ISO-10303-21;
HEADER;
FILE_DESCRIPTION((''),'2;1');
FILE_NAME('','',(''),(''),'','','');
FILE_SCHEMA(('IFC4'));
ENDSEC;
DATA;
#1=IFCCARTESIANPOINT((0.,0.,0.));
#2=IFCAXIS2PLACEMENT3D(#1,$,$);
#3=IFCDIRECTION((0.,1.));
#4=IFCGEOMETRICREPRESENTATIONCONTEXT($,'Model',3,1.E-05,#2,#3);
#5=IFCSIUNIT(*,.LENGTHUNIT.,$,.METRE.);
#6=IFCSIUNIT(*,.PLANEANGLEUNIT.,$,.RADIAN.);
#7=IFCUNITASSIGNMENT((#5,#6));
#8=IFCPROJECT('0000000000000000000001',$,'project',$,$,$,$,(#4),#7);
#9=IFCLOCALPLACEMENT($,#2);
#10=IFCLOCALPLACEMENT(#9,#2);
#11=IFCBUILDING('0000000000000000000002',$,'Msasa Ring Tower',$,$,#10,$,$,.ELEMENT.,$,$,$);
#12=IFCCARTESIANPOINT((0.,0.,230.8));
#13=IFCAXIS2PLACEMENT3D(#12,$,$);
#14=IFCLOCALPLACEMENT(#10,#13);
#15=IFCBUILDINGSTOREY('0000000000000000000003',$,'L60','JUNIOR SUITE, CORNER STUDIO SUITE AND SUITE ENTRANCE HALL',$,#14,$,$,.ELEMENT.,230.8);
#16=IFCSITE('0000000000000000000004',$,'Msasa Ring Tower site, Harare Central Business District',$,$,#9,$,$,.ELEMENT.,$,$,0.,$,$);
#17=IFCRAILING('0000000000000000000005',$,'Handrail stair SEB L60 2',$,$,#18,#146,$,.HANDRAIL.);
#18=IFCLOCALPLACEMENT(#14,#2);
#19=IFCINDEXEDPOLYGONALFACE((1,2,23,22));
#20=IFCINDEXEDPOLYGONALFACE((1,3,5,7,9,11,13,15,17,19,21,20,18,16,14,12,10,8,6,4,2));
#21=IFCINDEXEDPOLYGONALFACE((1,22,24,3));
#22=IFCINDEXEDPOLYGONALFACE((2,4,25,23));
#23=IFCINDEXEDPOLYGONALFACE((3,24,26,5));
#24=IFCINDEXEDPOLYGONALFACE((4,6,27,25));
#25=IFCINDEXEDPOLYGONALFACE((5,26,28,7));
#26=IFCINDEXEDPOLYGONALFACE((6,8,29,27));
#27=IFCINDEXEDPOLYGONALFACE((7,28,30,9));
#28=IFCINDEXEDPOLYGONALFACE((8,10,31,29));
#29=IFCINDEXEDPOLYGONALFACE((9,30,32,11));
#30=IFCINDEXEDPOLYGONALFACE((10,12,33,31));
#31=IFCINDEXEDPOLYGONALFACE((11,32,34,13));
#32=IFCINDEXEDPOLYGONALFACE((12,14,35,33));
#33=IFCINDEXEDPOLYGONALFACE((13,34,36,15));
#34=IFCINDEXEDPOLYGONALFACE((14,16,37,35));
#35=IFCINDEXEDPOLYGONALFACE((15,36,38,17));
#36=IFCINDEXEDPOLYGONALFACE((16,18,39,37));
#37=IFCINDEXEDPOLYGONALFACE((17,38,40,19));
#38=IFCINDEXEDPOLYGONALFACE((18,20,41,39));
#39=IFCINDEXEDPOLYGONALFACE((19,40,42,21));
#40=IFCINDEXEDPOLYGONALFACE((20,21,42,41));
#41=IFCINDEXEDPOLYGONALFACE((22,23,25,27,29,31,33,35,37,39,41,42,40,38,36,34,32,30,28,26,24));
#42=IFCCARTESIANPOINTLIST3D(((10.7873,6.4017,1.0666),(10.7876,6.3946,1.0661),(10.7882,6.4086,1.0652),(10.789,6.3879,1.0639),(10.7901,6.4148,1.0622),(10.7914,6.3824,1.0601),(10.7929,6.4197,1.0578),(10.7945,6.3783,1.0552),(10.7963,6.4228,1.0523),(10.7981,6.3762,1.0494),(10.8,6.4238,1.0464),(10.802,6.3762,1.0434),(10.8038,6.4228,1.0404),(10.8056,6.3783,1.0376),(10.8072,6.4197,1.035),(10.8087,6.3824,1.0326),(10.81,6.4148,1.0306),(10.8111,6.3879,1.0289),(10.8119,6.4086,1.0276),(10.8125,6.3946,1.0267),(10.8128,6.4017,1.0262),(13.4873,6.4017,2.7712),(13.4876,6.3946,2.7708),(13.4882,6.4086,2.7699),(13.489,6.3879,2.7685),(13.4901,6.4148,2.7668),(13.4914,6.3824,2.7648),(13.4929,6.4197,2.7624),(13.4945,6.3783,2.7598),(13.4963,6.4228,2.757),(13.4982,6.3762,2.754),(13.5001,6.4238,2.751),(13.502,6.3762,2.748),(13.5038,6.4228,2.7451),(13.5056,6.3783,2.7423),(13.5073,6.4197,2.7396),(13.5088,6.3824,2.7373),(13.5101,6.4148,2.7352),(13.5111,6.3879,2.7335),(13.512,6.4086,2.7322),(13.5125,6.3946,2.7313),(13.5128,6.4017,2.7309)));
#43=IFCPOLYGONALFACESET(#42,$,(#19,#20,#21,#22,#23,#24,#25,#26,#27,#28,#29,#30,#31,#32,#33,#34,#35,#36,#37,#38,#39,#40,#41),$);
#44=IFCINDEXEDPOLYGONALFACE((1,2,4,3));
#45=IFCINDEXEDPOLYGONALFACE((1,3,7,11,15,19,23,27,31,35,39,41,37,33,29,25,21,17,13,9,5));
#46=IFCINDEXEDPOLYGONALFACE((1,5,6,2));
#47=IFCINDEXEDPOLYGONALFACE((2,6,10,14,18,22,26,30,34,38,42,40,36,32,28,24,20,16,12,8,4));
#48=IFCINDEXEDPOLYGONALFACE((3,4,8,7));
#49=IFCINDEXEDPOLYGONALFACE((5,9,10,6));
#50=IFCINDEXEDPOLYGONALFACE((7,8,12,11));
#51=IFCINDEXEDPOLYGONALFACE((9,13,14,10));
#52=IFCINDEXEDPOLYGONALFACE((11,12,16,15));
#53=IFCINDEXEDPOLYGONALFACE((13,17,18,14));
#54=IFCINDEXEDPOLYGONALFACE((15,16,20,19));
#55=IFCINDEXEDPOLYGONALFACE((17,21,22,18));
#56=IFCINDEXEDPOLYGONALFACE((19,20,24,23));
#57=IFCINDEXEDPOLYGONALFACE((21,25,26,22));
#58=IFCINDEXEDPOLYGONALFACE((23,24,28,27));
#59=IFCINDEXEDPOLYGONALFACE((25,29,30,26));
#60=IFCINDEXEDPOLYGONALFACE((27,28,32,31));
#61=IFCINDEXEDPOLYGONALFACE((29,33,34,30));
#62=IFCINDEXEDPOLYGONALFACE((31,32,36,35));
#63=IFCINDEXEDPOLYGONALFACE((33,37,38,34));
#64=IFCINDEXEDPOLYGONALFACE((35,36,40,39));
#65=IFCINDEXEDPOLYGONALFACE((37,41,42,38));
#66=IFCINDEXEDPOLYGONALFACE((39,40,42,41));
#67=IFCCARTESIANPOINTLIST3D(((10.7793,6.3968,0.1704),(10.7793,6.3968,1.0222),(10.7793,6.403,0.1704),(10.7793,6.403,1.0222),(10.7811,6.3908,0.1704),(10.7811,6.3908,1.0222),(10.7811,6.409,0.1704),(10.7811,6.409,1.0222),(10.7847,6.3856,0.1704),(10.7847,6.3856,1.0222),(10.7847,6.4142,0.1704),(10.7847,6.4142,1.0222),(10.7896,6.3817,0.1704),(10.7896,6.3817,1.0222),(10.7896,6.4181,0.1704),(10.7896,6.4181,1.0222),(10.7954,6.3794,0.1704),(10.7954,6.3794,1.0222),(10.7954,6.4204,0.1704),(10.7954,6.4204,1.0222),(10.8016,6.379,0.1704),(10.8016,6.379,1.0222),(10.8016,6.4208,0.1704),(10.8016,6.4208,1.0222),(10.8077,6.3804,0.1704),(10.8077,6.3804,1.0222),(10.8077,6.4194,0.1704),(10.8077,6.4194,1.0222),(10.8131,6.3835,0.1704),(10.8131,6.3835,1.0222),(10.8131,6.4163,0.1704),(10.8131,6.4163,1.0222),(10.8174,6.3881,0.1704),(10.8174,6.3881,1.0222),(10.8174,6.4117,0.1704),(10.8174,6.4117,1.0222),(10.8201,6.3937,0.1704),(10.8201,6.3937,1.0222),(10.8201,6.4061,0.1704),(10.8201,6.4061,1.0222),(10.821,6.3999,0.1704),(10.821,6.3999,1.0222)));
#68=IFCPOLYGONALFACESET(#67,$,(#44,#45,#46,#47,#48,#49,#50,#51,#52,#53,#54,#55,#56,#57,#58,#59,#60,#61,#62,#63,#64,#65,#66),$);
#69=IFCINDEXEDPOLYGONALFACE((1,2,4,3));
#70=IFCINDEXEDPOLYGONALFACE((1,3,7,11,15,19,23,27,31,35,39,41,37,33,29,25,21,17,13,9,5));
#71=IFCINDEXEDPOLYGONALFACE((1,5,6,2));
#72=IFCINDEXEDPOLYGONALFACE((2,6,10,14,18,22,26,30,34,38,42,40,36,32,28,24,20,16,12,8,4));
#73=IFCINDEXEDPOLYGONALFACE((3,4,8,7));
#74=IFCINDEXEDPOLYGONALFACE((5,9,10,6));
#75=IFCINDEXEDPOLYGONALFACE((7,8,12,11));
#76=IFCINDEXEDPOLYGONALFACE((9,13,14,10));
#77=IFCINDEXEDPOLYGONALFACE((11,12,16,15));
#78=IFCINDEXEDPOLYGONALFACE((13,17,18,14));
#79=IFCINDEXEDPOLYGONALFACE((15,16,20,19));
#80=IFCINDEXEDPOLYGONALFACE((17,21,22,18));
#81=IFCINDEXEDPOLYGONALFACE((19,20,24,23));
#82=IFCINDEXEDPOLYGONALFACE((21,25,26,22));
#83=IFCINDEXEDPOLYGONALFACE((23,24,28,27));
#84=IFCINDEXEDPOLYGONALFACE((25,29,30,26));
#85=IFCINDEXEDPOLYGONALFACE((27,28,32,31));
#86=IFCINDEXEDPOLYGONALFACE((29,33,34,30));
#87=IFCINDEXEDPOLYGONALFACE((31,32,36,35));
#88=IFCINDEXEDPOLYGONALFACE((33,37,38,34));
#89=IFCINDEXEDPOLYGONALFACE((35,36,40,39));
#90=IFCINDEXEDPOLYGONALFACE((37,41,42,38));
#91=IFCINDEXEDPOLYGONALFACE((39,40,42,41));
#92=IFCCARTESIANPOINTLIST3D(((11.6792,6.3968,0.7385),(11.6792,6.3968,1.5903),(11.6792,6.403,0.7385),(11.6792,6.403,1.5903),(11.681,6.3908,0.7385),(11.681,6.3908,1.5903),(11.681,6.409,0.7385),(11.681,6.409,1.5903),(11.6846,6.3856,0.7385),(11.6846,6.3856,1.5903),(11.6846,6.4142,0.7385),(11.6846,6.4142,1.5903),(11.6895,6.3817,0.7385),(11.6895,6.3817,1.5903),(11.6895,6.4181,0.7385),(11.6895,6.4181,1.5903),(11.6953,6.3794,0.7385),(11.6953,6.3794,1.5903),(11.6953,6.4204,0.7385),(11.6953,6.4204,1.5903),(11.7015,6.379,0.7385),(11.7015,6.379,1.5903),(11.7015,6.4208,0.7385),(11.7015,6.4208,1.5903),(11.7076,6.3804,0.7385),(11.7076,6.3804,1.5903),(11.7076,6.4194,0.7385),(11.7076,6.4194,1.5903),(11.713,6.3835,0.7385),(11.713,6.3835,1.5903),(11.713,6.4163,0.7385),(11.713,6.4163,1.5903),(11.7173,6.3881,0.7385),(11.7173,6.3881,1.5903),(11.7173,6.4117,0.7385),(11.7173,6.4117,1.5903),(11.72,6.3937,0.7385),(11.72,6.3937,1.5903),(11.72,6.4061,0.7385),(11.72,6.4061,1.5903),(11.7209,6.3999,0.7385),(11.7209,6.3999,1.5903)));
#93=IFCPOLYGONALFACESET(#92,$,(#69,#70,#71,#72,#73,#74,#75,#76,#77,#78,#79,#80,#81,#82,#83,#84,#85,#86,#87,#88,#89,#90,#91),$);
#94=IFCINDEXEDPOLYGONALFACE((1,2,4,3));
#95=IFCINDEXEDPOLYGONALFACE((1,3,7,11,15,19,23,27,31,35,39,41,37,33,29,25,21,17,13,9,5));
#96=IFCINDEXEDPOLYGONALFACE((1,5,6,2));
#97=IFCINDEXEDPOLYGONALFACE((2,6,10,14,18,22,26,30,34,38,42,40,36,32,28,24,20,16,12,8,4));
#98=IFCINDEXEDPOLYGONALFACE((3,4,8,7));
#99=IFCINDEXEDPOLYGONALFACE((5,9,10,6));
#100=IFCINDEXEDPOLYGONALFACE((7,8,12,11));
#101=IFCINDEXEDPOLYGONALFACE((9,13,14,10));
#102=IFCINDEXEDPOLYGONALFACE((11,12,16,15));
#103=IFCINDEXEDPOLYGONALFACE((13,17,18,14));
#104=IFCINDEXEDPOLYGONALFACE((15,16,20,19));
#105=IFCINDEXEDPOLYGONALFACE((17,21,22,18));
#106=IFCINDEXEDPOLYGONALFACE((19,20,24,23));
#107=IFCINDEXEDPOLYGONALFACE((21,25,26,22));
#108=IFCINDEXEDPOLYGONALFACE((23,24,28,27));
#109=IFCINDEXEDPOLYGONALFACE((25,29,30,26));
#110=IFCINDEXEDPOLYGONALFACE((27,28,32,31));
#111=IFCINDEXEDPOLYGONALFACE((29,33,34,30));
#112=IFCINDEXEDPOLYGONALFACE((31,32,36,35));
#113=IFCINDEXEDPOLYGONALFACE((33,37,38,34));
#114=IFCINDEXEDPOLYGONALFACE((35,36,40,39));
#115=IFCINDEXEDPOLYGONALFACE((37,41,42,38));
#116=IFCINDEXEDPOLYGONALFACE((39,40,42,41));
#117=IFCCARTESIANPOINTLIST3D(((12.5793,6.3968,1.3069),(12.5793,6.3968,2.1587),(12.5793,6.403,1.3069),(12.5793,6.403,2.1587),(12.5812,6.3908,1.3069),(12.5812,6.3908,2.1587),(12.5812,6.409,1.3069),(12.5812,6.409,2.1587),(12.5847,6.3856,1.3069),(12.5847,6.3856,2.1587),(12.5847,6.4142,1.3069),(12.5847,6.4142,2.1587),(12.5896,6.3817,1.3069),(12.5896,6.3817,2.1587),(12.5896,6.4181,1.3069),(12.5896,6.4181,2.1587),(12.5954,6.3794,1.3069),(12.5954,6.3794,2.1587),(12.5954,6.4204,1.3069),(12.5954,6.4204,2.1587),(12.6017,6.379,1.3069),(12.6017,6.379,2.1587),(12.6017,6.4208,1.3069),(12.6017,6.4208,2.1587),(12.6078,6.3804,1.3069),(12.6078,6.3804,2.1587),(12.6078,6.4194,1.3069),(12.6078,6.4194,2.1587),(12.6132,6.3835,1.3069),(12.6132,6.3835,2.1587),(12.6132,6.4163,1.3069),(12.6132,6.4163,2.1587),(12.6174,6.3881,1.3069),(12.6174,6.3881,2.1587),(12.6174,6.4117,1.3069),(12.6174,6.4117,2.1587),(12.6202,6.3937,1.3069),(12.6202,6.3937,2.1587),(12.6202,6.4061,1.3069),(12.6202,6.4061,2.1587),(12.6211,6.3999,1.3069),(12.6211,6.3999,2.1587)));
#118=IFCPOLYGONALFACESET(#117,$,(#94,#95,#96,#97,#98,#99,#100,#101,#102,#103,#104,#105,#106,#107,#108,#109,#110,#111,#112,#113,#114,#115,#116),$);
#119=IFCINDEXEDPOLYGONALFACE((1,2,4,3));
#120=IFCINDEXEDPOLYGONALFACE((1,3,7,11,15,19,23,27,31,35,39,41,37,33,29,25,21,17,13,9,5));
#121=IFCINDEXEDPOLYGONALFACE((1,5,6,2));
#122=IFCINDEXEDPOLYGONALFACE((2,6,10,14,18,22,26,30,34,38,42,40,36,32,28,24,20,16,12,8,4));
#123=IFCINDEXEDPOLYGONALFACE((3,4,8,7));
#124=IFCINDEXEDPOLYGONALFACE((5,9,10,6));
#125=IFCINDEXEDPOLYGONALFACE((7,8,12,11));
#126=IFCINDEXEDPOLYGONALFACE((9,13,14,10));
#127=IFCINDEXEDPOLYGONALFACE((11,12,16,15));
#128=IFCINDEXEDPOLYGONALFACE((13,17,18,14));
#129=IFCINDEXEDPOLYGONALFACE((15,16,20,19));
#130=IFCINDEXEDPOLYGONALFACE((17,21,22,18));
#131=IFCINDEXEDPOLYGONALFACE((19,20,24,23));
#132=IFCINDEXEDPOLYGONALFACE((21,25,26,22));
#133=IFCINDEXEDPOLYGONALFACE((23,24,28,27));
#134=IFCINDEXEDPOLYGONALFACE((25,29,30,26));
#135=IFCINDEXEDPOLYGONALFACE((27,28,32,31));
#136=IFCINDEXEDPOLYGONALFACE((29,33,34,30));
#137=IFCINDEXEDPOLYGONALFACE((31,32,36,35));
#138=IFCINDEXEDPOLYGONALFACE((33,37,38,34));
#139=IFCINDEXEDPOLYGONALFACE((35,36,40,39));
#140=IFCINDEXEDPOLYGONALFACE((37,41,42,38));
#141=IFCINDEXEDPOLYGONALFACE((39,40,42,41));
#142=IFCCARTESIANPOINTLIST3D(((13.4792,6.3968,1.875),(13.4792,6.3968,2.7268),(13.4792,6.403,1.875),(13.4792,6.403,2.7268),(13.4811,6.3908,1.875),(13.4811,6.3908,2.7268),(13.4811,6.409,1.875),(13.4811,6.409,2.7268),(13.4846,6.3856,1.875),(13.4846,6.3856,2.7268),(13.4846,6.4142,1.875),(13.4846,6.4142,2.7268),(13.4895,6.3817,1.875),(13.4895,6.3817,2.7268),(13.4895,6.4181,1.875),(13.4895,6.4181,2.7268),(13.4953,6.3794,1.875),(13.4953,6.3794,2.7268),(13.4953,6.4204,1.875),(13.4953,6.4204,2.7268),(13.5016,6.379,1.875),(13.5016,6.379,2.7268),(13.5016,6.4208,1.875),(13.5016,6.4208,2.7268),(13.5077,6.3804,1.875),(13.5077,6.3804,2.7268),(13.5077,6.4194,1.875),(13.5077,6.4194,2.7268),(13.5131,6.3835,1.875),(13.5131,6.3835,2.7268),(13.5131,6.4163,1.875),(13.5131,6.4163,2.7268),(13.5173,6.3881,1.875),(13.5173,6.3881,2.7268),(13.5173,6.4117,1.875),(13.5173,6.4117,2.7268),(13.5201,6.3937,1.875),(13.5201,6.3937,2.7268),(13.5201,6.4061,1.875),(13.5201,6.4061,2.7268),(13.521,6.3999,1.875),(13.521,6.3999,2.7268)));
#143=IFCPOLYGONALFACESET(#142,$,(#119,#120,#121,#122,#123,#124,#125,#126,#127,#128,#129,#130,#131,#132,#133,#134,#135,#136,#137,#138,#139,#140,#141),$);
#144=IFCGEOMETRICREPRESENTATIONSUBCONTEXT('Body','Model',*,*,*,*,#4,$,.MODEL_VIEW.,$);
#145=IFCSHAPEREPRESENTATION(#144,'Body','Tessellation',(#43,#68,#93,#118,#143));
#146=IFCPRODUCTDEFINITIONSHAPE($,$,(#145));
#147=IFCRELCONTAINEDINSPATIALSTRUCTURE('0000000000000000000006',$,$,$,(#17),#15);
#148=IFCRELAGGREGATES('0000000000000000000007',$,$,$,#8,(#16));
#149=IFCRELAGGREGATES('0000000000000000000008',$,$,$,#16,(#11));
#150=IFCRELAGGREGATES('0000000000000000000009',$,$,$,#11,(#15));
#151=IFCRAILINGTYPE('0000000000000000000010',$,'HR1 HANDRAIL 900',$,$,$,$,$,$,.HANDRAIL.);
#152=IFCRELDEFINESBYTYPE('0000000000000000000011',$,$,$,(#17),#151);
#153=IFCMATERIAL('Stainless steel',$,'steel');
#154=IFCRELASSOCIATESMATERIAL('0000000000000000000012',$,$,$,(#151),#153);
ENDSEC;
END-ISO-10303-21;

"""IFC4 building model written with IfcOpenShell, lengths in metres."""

from ifc_helpers import new_model, si_unit, direction, frame, origin, origin_2d, place, context, subcontext, project, spatial, circle, extrude, material, type_object, element, save


model = new_model("IFC4")

# Units and contexts
model_context = context("Model", 3, precision=1e-05, world=origin(), true_north=direction((0.0, 1.0)))
body_context = subcontext(model_context, "Body", "Model", "MODEL_VIEW")
ifc_project = project(units=[si_unit("LENGTHUNIT", "METRE"), si_unit("PLANEANGLEUNIT", "RADIAN")], contexts=[model_context])

# Site, building, storey
site_placement = place(None, origin())
site = spatial("IfcSite", under=ifc_project, at=site_placement, Name="Msasa Ring Tower site, Harare Central Business District", CompositionType="ELEMENT", RefElevation=0.0)
building_placement = place(site_placement, origin())
building = spatial("IfcBuilding", under=site, at=building_placement, Name="Msasa Ring Tower", CompositionType="ELEMENT")
storey_placement = place(building_placement, frame((0.0, 0.0, 230.8)))
storey = spatial("IfcBuildingStorey", under=building, at=storey_placement, Name="L60", Description="JUNIOR SUITE, CORNER STUDIO SUITE AND SUITE ENTRANCE HALL", CompositionType="ELEMENT", Elevation=230.8)

# Railing
ifc_material_1 = material(Name="Stainless steel", Category="steel")
railing_type = type_object("IfcRailingType", Name="HR1 HANDRAIL 900", PredefinedType="HANDRAIL", material=ifc_material_1)
for number, where, name in (
    (1, (10.8, 6.3999, 0.1704), "Handrail stair SEB L60 2"),
):
    element("IfcRailing", number, at=place(storey_placement, frame(where)), inside=storey, type_object=railing_type, Name=name, PredefinedType="HANDRAIL", context=body_context, shape_type="SweptSolid", body=[
        extrude(circle(Radius=0.0239, at=origin_2d()), frame((0.0, 0.0, 0.876), z_axis=(0.84558, 0.0, 0.533849), x_axis=(0.0, 1.0, 0.0)), (0.0, 0.0, 1.0), 3.1931),
        extrude(circle(Radius=0.021, at=origin_2d()), origin(), (0.0, 0.0, 1.0), 0.8518),
        extrude(circle(Radius=0.021, at=origin_2d()), frame((0.8999, 0.0, 0.5681)), (0.0, 0.0, 1.0), 0.8518),
        extrude(circle(Radius=0.021, at=origin_2d()), frame((1.8, 0.0, 1.1365)), (0.0, 0.0, 1.0), 0.8518),
        extrude(circle(Radius=0.021, at=origin_2d()), frame((2.7, 0.0, 1.7046)), (0.0, 0.0, 1.0), 0.8518),
    ])

save(model, "model.ifc")
